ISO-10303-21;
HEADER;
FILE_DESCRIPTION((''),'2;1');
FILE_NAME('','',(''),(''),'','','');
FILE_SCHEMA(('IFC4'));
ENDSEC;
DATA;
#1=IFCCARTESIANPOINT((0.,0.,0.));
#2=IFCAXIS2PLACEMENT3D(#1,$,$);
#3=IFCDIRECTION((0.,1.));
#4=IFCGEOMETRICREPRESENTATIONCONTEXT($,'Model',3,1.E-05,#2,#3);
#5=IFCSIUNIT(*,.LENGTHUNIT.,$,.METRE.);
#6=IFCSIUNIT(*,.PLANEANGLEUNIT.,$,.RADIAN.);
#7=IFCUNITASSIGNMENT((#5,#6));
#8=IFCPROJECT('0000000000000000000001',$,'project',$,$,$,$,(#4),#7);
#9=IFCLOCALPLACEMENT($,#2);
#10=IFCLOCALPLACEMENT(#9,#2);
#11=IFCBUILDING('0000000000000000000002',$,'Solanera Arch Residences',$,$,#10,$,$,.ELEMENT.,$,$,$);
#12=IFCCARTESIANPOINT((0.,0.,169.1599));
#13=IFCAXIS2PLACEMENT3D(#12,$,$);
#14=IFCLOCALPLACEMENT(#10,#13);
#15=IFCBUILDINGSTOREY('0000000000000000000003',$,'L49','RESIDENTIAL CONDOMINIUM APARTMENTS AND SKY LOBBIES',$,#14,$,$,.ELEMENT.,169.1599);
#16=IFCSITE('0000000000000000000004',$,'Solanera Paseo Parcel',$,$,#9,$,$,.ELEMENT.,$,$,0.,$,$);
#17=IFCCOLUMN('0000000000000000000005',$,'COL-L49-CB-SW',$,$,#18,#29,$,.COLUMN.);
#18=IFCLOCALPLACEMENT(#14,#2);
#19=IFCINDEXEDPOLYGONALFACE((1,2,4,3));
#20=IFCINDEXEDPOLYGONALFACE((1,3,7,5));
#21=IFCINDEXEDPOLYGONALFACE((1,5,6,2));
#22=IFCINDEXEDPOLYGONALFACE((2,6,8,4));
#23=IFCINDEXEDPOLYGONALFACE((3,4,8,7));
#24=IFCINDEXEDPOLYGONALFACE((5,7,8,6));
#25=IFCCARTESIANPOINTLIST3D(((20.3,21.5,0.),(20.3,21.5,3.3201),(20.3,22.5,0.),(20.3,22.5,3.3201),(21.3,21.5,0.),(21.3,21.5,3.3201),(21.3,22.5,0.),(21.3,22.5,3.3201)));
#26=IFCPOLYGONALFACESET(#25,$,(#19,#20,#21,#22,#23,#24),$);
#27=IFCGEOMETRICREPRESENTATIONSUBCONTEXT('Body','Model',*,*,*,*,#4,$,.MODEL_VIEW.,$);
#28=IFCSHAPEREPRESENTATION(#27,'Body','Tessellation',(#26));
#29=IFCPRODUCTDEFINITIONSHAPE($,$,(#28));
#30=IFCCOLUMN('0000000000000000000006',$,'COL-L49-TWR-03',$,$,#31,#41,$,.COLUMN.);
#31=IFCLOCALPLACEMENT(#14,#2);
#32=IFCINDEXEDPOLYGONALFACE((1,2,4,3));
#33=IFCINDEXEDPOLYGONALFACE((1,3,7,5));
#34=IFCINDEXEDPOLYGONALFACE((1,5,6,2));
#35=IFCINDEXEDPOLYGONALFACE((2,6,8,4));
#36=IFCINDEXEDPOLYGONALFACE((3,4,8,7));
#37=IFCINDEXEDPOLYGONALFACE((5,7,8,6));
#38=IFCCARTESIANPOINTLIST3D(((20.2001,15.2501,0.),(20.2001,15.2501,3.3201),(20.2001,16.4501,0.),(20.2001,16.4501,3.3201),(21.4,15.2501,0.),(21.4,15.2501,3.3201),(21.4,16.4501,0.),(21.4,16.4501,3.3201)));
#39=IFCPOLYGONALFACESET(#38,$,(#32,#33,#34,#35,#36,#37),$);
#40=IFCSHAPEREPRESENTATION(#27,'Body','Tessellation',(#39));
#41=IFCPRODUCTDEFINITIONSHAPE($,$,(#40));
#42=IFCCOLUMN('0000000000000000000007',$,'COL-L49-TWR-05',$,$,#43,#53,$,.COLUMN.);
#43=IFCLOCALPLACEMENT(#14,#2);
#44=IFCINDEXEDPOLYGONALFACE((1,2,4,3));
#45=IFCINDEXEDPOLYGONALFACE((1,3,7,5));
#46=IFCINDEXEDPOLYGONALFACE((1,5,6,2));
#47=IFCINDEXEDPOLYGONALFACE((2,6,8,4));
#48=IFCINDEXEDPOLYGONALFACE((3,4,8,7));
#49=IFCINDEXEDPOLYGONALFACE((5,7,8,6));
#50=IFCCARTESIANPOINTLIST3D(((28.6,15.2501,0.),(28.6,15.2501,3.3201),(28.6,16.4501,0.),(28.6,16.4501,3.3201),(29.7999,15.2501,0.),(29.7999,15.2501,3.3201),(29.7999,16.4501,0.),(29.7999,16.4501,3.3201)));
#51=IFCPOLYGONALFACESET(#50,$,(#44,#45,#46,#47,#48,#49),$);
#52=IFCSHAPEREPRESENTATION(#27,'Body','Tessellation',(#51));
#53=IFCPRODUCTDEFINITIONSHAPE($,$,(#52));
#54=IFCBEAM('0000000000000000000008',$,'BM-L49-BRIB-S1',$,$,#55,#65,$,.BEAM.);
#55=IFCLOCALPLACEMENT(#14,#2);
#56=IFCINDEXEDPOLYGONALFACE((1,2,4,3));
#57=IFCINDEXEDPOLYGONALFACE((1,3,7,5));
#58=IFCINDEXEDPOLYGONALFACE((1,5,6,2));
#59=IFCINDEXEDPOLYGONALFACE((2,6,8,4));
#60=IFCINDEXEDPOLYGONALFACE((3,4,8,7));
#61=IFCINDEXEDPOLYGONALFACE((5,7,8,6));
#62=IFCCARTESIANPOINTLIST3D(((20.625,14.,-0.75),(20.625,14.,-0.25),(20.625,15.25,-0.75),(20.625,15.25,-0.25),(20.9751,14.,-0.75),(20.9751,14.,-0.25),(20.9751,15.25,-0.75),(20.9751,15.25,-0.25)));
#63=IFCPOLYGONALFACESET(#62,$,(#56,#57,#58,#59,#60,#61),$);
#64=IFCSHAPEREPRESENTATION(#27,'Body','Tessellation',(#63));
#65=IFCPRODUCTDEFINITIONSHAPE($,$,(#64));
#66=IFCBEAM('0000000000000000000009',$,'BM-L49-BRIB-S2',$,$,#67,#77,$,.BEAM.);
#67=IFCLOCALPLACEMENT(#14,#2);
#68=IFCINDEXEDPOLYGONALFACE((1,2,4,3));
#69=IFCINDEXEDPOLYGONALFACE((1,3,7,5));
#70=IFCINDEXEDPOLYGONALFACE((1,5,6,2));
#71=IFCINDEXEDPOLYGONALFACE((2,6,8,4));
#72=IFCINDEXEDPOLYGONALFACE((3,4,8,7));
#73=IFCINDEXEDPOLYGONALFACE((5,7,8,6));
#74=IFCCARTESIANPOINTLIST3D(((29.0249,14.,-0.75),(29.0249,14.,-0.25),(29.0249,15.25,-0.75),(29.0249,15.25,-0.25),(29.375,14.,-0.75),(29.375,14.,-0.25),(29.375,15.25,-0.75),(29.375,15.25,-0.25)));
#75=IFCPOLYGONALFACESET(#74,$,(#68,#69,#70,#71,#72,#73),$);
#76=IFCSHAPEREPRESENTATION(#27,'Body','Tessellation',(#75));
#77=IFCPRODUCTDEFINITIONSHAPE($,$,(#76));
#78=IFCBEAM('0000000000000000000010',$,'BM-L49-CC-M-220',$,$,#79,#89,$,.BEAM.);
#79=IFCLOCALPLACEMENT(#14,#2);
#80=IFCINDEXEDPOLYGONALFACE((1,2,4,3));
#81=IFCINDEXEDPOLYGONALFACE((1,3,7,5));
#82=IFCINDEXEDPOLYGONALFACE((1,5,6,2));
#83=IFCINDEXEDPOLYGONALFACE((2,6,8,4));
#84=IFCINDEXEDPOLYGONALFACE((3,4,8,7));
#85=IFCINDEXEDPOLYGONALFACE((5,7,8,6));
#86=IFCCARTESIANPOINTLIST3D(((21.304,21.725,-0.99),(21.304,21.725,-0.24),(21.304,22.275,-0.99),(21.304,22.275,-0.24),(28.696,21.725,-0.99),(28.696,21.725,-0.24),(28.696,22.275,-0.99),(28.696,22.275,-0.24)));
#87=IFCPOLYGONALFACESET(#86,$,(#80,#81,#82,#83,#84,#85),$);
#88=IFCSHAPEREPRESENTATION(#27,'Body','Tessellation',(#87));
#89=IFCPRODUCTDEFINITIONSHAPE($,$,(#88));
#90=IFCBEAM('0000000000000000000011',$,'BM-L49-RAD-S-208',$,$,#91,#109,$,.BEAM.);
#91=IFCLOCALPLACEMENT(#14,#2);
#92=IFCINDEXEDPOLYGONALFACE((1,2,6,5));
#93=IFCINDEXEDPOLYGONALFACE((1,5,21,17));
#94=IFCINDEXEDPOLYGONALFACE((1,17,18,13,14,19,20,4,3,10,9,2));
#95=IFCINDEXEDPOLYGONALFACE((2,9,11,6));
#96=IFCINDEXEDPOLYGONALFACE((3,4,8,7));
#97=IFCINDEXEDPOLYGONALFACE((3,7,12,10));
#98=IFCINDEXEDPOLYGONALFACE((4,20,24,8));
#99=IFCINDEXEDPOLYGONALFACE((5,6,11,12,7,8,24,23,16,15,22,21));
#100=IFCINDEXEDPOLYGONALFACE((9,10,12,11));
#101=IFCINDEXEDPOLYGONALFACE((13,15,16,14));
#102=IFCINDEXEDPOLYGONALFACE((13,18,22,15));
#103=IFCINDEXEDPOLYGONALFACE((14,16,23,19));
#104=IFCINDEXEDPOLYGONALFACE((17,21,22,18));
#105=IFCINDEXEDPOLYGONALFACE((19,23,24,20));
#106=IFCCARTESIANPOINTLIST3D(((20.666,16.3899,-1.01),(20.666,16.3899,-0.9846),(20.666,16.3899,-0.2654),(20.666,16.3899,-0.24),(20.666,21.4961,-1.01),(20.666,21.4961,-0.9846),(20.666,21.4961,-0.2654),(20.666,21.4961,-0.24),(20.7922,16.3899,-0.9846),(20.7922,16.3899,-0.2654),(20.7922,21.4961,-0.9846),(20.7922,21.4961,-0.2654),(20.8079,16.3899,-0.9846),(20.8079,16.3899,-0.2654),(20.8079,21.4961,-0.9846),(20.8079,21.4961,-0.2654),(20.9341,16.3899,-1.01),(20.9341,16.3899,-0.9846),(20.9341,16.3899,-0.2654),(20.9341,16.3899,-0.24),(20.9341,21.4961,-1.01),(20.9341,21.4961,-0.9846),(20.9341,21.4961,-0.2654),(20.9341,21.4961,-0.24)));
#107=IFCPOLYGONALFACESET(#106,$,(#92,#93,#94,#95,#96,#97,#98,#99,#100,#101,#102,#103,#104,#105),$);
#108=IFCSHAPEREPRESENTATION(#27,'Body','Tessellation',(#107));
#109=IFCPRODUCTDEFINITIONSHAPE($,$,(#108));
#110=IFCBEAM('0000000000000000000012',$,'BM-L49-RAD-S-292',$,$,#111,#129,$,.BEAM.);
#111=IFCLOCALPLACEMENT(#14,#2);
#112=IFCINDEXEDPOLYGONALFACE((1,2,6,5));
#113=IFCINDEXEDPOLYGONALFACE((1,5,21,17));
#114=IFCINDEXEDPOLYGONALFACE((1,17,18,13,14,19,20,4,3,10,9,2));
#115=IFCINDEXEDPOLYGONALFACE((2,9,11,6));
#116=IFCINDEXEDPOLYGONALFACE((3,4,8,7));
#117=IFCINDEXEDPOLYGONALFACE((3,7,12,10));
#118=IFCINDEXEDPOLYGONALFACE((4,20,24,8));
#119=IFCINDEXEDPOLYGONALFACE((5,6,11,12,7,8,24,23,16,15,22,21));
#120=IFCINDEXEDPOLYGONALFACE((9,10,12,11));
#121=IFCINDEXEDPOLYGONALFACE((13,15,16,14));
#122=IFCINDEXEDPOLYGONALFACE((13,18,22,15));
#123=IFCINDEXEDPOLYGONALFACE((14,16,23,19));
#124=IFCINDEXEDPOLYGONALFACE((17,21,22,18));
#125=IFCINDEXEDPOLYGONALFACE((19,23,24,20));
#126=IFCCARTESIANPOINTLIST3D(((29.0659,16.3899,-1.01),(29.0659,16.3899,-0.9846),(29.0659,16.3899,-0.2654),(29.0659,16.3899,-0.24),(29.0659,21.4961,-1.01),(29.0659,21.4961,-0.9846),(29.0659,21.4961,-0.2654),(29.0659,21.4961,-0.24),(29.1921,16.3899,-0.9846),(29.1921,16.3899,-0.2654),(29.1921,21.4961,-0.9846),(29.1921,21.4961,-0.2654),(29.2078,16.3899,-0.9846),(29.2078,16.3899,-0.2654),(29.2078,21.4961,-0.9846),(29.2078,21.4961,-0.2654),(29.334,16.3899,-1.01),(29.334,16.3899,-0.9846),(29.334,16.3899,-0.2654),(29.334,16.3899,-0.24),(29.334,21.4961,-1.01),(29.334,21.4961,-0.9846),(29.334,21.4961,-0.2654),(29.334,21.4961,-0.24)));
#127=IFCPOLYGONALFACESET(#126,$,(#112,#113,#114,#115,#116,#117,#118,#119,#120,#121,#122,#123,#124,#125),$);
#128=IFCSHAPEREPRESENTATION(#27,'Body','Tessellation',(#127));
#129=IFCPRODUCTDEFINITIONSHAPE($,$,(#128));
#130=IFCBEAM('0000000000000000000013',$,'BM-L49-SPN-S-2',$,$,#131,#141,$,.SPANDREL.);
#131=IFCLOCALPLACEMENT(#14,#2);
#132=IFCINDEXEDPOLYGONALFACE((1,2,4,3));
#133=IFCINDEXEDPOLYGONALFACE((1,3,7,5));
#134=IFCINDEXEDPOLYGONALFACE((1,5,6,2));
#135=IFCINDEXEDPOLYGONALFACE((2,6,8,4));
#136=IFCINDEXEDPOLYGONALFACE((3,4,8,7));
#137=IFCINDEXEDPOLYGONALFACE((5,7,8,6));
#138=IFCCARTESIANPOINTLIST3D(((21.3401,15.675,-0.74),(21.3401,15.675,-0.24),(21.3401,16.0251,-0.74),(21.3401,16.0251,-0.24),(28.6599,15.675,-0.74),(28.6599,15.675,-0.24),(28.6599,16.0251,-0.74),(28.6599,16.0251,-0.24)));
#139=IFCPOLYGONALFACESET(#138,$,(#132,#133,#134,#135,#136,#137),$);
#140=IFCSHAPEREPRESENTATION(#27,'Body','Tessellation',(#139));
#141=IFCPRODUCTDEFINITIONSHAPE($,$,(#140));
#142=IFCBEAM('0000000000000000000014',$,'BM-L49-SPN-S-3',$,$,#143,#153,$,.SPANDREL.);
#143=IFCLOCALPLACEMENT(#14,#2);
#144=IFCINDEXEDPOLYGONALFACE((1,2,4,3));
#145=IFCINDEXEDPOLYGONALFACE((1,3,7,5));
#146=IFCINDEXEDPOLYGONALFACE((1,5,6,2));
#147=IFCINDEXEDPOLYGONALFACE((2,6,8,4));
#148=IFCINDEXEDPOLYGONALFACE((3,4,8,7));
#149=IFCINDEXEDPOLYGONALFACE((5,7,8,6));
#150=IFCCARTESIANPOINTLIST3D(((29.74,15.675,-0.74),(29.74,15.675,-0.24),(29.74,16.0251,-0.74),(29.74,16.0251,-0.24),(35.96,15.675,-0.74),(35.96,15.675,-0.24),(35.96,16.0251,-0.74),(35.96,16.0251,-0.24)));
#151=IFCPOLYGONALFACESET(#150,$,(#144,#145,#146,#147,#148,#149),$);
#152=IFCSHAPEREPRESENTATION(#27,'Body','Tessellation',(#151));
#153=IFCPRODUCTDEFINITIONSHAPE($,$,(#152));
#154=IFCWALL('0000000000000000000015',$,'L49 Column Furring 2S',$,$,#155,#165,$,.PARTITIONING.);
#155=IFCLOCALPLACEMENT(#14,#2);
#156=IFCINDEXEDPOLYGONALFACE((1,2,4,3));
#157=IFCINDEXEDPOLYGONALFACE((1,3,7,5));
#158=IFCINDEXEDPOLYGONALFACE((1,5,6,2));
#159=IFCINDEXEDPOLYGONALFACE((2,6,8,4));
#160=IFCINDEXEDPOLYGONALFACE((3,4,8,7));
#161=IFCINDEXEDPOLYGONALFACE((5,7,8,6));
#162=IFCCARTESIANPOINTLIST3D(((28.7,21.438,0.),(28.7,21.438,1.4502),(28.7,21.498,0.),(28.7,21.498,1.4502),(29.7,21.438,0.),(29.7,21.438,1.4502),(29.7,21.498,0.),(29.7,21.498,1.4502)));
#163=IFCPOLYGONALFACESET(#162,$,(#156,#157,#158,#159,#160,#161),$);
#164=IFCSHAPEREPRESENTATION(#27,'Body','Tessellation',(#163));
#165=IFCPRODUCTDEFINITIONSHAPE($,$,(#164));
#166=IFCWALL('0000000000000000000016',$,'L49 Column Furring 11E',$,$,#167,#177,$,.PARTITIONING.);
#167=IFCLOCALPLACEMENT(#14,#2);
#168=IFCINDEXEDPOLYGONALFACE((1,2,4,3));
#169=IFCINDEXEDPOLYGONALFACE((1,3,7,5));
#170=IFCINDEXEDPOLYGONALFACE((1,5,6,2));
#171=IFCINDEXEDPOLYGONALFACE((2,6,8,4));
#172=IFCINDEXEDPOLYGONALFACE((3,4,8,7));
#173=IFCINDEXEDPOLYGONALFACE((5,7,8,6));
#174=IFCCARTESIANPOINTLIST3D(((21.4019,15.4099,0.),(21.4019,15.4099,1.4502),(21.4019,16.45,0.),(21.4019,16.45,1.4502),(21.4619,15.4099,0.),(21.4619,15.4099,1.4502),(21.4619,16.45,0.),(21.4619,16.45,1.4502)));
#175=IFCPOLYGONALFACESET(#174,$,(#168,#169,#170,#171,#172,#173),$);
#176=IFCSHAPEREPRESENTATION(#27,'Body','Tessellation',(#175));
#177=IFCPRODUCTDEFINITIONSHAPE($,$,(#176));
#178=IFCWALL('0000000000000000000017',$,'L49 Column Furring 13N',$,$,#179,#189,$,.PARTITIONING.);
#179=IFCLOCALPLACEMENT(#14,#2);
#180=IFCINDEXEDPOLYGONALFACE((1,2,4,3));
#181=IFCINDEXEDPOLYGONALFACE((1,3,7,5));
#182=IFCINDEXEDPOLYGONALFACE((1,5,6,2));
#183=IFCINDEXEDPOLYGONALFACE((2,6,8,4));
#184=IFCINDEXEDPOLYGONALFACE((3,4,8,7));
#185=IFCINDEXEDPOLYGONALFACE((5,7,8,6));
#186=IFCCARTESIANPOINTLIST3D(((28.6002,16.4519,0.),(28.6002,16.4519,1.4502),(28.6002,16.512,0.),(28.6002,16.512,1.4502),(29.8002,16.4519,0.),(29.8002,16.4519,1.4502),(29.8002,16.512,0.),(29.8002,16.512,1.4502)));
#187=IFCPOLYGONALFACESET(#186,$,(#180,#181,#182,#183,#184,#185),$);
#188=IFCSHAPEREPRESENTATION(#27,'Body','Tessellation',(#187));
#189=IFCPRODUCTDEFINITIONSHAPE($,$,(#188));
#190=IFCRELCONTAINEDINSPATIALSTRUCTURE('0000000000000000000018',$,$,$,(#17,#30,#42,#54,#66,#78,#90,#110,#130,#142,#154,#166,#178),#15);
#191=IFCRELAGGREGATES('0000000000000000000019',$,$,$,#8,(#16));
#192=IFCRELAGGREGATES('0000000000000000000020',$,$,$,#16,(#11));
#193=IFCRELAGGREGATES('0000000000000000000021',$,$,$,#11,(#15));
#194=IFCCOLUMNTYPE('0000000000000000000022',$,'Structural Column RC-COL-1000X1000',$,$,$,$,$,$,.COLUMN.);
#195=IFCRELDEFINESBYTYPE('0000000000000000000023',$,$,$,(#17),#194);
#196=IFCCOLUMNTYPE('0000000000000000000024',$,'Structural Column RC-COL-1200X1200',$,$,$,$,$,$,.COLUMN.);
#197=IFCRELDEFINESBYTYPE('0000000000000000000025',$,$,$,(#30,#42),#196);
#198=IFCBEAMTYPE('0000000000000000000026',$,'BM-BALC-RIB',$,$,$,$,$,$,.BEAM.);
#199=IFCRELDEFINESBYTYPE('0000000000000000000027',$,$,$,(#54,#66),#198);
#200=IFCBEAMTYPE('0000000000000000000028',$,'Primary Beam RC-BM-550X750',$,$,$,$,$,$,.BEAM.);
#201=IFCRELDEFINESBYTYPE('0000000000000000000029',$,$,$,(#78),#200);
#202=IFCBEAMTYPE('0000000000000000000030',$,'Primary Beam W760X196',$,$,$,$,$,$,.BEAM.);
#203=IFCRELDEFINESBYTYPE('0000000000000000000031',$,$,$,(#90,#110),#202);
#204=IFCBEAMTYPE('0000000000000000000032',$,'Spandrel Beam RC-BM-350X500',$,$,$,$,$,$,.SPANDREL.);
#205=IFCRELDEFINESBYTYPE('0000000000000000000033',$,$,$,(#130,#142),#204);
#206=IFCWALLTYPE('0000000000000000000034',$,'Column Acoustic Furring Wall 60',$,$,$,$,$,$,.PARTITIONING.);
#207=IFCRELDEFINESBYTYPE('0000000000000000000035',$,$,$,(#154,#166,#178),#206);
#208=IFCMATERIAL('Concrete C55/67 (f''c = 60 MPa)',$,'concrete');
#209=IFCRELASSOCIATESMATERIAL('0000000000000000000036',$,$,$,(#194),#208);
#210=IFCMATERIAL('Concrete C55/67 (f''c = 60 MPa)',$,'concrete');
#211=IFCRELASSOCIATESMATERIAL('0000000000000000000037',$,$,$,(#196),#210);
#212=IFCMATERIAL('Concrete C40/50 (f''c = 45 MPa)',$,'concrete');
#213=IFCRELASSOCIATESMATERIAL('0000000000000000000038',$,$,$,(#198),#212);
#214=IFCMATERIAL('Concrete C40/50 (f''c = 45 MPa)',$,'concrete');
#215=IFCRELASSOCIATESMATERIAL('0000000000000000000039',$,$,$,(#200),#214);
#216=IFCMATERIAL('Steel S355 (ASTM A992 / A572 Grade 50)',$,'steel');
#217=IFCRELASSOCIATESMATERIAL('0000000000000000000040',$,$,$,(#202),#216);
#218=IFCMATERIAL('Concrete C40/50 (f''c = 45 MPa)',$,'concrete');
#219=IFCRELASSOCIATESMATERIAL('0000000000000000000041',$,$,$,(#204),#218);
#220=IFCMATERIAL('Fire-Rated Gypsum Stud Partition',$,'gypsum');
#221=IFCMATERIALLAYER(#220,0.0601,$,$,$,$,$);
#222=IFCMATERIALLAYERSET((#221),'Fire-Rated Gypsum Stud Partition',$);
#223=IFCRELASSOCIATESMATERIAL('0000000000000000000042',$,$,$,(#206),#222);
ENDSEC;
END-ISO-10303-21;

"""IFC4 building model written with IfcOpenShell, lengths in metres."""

from ifc_helpers import new_model, si_unit, direction, frame, frame_2d, origin, origin_2d, place, context, subcontext, project, spatial, rectangle, i_section, extrude, material, layer, layer_set, material_profile, profile_set, type_object, element, save


model = new_model("IFC4")

# Units and contexts
model_context = context("Model", 3, precision=1e-05, world=origin(), true_north=direction((0.0, 1.0)))
body_context = subcontext(model_context, "Body", "Model", "MODEL_VIEW")
ifc_project = project(units=[si_unit("LENGTHUNIT", "METRE"), si_unit("PLANEANGLEUNIT", "RADIAN")], contexts=[model_context])

# Site, building, storey
site_placement = place(None, origin())
site = spatial("IfcSite", under=ifc_project, at=site_placement, Name="Solanera Paseo Parcel", CompositionType="ELEMENT", RefElevation=0.0)
building_placement = place(site_placement, origin())
building = spatial("IfcBuilding", under=site, at=building_placement, Name="Solanera Arch Residences", CompositionType="ELEMENT")
storey_placement = place(building_placement, frame((0.0, 0.0, 169.1599)))
storey = spatial("IfcBuildingStorey", under=building, at=storey_placement, Name="L49", Description="RESIDENTIAL CONDOMINIUM APARTMENTS AND SKY LOBBIES", CompositionType="ELEMENT", Elevation=169.1599)

# Columns
ifc_material_1 = material(Name="Concrete C55/67 (f'c = 60 MPa)", Category="concrete")
ifc_material_profile_1 = material_profile(ifc_material_1, rectangle(XDim=1.0, YDim=1.0, at=origin_2d()))
ifc_profile_set_1 = profile_set([ifc_material_profile_1], Name="Concrete C55/67 (f'c = 60 MPa)")
column_type_1 = type_object("IfcColumnType", Name="Structural Column RC-COL-1000X1000", PredefinedType="COLUMN", material=ifc_profile_set_1)
column_placement = place(storey_placement, frame((20.8, 22.0, 0.0), z_axis=(0.0, 0.0, 1.0), x_axis=(1.0, 0.0, 0.0)))
element("IfcColumn", 1, at=column_placement, inside=storey, type_object=column_type_1, Name="COL-L49-CB-SW", PredefinedType="COLUMN", context=body_context, shape_type="SweptSolid", body=[
    extrude(rectangle(XDim=1.0, YDim=1.0, at=origin_2d()), origin(), (0.0, 0.0, 1.0), 3.3201),
])
ifc_material_2 = material(Name="Concrete C55/67 (f'c = 60 MPa)", Category="concrete")
ifc_material_profile_2 = material_profile(ifc_material_2, rectangle(XDim=1.2, YDim=1.2, at=origin_2d()))
ifc_profile_set_2 = profile_set([ifc_material_profile_2], Name="Concrete C55/67 (f'c = 60 MPa)")
column_type_2 = type_object("IfcColumnType", Name="Structural Column RC-COL-1200X1200", PredefinedType="COLUMN", material=ifc_profile_set_2)
for number, where, z_axis, x_axis, name in (
    (2, (20.8, 15.8501, 0.0), (0.0, 0.0, 1.0), (1.0, 0.0, 0.0), "COL-L49-TWR-03"),
    (3, (29.2, 15.8501, 0.0), (0.0, 0.0, 1.0), (1.0, 0.0, 0.0), "COL-L49-TWR-05"),
):
    element("IfcColumn", number, at=place(storey_placement, frame(where, z_axis=z_axis, x_axis=x_axis)), inside=storey, type_object=column_type_2, Name=name, PredefinedType="COLUMN", context=body_context, shape_type="SweptSolid", body=[
        extrude(rectangle(XDim=1.2, YDim=1.2, at=origin_2d()), origin(), (0.0, 0.0, 1.0), 3.3201),
    ])

# Beams
ifc_material_3 = material(Name="Concrete C40/50 (f'c = 45 MPa)", Category="concrete")
ifc_material_profile_3 = material_profile(ifc_material_3, rectangle(XDim=0.3501, YDim=0.5, at=origin_2d()))
ifc_profile_set_3 = profile_set([ifc_material_profile_3], Name="Concrete C40/50 (f'c = 45 MPa)")
beam_type_1 = type_object("IfcBeamType", Name="BM-BALC-RIB", PredefinedType="BEAM", material=ifc_profile_set_3)
for number, where, z_axis, x_axis, name in (
    (4, (20.8, 14.0, -0.5), (0.0, 1.0, 0.0), (-1.0, 0.0, 0.0), "BM-L49-BRIB-S1"),
    (5, (29.2, 14.0, -0.5), (0.0, 1.0, 0.0), (-1.0, 0.0, 0.0), "BM-L49-BRIB-S2"),
):
    element("IfcBeam", number, at=place(storey_placement, frame(where, z_axis=z_axis, x_axis=x_axis)), inside=storey, type_object=beam_type_1, Name=name, PredefinedType="BEAM", context=body_context, shape_type="SweptSolid", body=[
        extrude(rectangle(XDim=0.3501, YDim=0.5, at=origin_2d()), origin(), (0.0, 0.0, 1.0), 1.25),
    ])
ifc_material_4 = material(Name="Concrete C40/50 (f'c = 45 MPa)", Category="concrete")
ifc_material_profile_4 = material_profile(ifc_material_4, rectangle(XDim=0.55, YDim=0.75, at=origin_2d()))
ifc_profile_set_4 = profile_set([ifc_material_profile_4], Name="Concrete C40/50 (f'c = 45 MPa)")
beam_type_2 = type_object("IfcBeamType", Name="Primary Beam RC-BM-550X750", PredefinedType="BEAM", material=ifc_profile_set_4)
beam_1_placement = place(storey_placement, frame((21.304, 22.0, -0.615), z_axis=(1.0, 0.0, 0.0), x_axis=(0.0, 1.0, 0.0)))
element("IfcBeam", 6, at=beam_1_placement, inside=storey, type_object=beam_type_2, Name="BM-L49-CC-M-220", PredefinedType="BEAM", context=body_context, shape_type="SweptSolid", body=[
    extrude(rectangle(XDim=0.55, YDim=0.75, at=origin_2d()), origin(), (0.0, 0.0, 1.0), 7.3921),
])
ifc_material_5 = material(Name="Steel S355 (ASTM A992 / A572 Grade 50)", Category="steel")
ifc_material_profile_5 = material_profile(ifc_material_5, i_section(OverallWidth=0.2681, OverallDepth=0.77, WebThickness=0.0156, FlangeThickness=0.0254, at=origin_2d()))
ifc_profile_set_5 = profile_set([ifc_material_profile_5], Name="Steel S355 (ASTM A992 / A572 Grade 50)")
beam_type_3 = type_object("IfcBeamType", Name="Primary Beam W760X196", PredefinedType="BEAM", material=ifc_profile_set_5)
for number, where, z_axis, x_axis, name in (
    (7, (20.8, 16.3899, -0.625), (0.0, 1.0, 0.0), (-1.0, 0.0, 0.0), "BM-L49-RAD-S-208"),
    (8, (29.2, 16.3899, -0.625), (0.0, 1.0, 0.0), (-1.0, 0.0, 0.0), "BM-L49-RAD-S-292"),
):
    element("IfcBeam", number, at=place(storey_placement, frame(where, z_axis=z_axis, x_axis=x_axis)), inside=storey, type_object=beam_type_3, Name=name, PredefinedType="BEAM", context=body_context, shape_type="SweptSolid", body=[
        extrude(i_section(OverallWidth=0.2681, OverallDepth=0.77, WebThickness=0.0156, FlangeThickness=0.0254, at=origin_2d()), origin(), (0.0, 0.0, 1.0), 5.1062),
    ])
ifc_material_6 = material(Name="Concrete C40/50 (f'c = 45 MPa)", Category="concrete")
ifc_material_profile_6 = material_profile(ifc_material_6, rectangle(XDim=0.3501, YDim=0.5, at=origin_2d()))
ifc_profile_set_6 = profile_set([ifc_material_profile_6], Name="Concrete C40/50 (f'c = 45 MPa)")
beam_type_4 = type_object("IfcBeamType", Name="Spandrel Beam RC-BM-350X500", PredefinedType="SPANDREL", material=ifc_profile_set_6)
beam_2_placement = place(storey_placement, frame((21.3401, 15.8501, -0.49), z_axis=(1.0, 0.0, 0.0), x_axis=(0.0, 1.0, 0.0)))
element("IfcBeam", 9, at=beam_2_placement, inside=storey, type_object=beam_type_4, Name="BM-L49-SPN-S-2", PredefinedType="SPANDREL", context=body_context, shape_type="SweptSolid", body=[
    extrude(rectangle(XDim=0.3501, YDim=0.5, at=origin_2d()), origin(), (0.0, 0.0, 1.0), 7.3198),
])
beam_3_placement = place(storey_placement, frame((29.74, 15.8501, -0.49), z_axis=(1.0, 0.0, 0.0), x_axis=(0.0, 1.0, 0.0)))
element("IfcBeam", 10, at=beam_3_placement, inside=storey, type_object=beam_type_4, Name="BM-L49-SPN-S-3", PredefinedType="SPANDREL", context=body_context, shape_type="SweptSolid", body=[
    extrude(rectangle(XDim=0.3501, YDim=0.5, at=origin_2d()), origin(), (0.0, 0.0, 1.0), 6.22),
])

# Walls
ifc_material_7 = material(Name="Fire-Rated Gypsum Stud Partition", Category="gypsum")
ifc_layer_1 = layer(ifc_material_7, 0.0601)
ifc_layer_set_1 = layer_set([ifc_layer_1], Name="Fire-Rated Gypsum Stud Partition")
wall_type_1 = type_object("IfcWallType", Name="Column Acoustic Furring Wall 60", PredefinedType="PARTITIONING", material=ifc_layer_set_1)
wall_1_placement = place(storey_placement, frame((28.7, 21.468, 0.0), z_axis=(0.0, 0.0, 1.0), x_axis=(1.0, 0.0, 0.0)))
element("IfcWall", 11, at=wall_1_placement, inside=storey, type_object=wall_type_1, Name="L49 Column Furring 2S", PredefinedType="PARTITIONING", context=body_context, shape_type="SweptSolid", body=[
    extrude(rectangle(XDim=1.0, YDim=0.0601, at=frame_2d((0.5, 0.0))), origin(), (0.0, 0.0, 1.0), 1.4502),
])
wall_2_placement = place(storey_placement, frame((21.4319, 15.4099, 0.0), z_axis=(0.0, 0.0, 1.0), x_axis=(0.0, 1.0, 0.0)))
element("IfcWall", 12, at=wall_2_placement, inside=storey, type_object=wall_type_1, Name="L49 Column Furring 11E", PredefinedType="PARTITIONING", context=body_context, shape_type="SweptSolid", body=[
    extrude(rectangle(XDim=1.04, YDim=0.0601, at=frame_2d((0.52, 0.0))), origin(), (0.0, 0.0, 1.0), 1.4502),
])
wall_3_placement = place(storey_placement, frame((28.6001, 16.4819, 0.0), z_axis=(0.0, 0.0, 1.0), x_axis=(1.0, 0.0, 0.0)))
element("IfcWall", 13, at=wall_3_placement, inside=storey, type_object=wall_type_1, Name="L49 Column Furring 13N", PredefinedType="PARTITIONING", context=body_context, shape_type="SweptSolid", body=[
    extrude(rectangle(XDim=1.2, YDim=0.0601, at=frame_2d((0.6001, 0.0))), origin(), (0.0, 0.0, 1.0), 1.4502),
])

save(model, "model.ifc")
